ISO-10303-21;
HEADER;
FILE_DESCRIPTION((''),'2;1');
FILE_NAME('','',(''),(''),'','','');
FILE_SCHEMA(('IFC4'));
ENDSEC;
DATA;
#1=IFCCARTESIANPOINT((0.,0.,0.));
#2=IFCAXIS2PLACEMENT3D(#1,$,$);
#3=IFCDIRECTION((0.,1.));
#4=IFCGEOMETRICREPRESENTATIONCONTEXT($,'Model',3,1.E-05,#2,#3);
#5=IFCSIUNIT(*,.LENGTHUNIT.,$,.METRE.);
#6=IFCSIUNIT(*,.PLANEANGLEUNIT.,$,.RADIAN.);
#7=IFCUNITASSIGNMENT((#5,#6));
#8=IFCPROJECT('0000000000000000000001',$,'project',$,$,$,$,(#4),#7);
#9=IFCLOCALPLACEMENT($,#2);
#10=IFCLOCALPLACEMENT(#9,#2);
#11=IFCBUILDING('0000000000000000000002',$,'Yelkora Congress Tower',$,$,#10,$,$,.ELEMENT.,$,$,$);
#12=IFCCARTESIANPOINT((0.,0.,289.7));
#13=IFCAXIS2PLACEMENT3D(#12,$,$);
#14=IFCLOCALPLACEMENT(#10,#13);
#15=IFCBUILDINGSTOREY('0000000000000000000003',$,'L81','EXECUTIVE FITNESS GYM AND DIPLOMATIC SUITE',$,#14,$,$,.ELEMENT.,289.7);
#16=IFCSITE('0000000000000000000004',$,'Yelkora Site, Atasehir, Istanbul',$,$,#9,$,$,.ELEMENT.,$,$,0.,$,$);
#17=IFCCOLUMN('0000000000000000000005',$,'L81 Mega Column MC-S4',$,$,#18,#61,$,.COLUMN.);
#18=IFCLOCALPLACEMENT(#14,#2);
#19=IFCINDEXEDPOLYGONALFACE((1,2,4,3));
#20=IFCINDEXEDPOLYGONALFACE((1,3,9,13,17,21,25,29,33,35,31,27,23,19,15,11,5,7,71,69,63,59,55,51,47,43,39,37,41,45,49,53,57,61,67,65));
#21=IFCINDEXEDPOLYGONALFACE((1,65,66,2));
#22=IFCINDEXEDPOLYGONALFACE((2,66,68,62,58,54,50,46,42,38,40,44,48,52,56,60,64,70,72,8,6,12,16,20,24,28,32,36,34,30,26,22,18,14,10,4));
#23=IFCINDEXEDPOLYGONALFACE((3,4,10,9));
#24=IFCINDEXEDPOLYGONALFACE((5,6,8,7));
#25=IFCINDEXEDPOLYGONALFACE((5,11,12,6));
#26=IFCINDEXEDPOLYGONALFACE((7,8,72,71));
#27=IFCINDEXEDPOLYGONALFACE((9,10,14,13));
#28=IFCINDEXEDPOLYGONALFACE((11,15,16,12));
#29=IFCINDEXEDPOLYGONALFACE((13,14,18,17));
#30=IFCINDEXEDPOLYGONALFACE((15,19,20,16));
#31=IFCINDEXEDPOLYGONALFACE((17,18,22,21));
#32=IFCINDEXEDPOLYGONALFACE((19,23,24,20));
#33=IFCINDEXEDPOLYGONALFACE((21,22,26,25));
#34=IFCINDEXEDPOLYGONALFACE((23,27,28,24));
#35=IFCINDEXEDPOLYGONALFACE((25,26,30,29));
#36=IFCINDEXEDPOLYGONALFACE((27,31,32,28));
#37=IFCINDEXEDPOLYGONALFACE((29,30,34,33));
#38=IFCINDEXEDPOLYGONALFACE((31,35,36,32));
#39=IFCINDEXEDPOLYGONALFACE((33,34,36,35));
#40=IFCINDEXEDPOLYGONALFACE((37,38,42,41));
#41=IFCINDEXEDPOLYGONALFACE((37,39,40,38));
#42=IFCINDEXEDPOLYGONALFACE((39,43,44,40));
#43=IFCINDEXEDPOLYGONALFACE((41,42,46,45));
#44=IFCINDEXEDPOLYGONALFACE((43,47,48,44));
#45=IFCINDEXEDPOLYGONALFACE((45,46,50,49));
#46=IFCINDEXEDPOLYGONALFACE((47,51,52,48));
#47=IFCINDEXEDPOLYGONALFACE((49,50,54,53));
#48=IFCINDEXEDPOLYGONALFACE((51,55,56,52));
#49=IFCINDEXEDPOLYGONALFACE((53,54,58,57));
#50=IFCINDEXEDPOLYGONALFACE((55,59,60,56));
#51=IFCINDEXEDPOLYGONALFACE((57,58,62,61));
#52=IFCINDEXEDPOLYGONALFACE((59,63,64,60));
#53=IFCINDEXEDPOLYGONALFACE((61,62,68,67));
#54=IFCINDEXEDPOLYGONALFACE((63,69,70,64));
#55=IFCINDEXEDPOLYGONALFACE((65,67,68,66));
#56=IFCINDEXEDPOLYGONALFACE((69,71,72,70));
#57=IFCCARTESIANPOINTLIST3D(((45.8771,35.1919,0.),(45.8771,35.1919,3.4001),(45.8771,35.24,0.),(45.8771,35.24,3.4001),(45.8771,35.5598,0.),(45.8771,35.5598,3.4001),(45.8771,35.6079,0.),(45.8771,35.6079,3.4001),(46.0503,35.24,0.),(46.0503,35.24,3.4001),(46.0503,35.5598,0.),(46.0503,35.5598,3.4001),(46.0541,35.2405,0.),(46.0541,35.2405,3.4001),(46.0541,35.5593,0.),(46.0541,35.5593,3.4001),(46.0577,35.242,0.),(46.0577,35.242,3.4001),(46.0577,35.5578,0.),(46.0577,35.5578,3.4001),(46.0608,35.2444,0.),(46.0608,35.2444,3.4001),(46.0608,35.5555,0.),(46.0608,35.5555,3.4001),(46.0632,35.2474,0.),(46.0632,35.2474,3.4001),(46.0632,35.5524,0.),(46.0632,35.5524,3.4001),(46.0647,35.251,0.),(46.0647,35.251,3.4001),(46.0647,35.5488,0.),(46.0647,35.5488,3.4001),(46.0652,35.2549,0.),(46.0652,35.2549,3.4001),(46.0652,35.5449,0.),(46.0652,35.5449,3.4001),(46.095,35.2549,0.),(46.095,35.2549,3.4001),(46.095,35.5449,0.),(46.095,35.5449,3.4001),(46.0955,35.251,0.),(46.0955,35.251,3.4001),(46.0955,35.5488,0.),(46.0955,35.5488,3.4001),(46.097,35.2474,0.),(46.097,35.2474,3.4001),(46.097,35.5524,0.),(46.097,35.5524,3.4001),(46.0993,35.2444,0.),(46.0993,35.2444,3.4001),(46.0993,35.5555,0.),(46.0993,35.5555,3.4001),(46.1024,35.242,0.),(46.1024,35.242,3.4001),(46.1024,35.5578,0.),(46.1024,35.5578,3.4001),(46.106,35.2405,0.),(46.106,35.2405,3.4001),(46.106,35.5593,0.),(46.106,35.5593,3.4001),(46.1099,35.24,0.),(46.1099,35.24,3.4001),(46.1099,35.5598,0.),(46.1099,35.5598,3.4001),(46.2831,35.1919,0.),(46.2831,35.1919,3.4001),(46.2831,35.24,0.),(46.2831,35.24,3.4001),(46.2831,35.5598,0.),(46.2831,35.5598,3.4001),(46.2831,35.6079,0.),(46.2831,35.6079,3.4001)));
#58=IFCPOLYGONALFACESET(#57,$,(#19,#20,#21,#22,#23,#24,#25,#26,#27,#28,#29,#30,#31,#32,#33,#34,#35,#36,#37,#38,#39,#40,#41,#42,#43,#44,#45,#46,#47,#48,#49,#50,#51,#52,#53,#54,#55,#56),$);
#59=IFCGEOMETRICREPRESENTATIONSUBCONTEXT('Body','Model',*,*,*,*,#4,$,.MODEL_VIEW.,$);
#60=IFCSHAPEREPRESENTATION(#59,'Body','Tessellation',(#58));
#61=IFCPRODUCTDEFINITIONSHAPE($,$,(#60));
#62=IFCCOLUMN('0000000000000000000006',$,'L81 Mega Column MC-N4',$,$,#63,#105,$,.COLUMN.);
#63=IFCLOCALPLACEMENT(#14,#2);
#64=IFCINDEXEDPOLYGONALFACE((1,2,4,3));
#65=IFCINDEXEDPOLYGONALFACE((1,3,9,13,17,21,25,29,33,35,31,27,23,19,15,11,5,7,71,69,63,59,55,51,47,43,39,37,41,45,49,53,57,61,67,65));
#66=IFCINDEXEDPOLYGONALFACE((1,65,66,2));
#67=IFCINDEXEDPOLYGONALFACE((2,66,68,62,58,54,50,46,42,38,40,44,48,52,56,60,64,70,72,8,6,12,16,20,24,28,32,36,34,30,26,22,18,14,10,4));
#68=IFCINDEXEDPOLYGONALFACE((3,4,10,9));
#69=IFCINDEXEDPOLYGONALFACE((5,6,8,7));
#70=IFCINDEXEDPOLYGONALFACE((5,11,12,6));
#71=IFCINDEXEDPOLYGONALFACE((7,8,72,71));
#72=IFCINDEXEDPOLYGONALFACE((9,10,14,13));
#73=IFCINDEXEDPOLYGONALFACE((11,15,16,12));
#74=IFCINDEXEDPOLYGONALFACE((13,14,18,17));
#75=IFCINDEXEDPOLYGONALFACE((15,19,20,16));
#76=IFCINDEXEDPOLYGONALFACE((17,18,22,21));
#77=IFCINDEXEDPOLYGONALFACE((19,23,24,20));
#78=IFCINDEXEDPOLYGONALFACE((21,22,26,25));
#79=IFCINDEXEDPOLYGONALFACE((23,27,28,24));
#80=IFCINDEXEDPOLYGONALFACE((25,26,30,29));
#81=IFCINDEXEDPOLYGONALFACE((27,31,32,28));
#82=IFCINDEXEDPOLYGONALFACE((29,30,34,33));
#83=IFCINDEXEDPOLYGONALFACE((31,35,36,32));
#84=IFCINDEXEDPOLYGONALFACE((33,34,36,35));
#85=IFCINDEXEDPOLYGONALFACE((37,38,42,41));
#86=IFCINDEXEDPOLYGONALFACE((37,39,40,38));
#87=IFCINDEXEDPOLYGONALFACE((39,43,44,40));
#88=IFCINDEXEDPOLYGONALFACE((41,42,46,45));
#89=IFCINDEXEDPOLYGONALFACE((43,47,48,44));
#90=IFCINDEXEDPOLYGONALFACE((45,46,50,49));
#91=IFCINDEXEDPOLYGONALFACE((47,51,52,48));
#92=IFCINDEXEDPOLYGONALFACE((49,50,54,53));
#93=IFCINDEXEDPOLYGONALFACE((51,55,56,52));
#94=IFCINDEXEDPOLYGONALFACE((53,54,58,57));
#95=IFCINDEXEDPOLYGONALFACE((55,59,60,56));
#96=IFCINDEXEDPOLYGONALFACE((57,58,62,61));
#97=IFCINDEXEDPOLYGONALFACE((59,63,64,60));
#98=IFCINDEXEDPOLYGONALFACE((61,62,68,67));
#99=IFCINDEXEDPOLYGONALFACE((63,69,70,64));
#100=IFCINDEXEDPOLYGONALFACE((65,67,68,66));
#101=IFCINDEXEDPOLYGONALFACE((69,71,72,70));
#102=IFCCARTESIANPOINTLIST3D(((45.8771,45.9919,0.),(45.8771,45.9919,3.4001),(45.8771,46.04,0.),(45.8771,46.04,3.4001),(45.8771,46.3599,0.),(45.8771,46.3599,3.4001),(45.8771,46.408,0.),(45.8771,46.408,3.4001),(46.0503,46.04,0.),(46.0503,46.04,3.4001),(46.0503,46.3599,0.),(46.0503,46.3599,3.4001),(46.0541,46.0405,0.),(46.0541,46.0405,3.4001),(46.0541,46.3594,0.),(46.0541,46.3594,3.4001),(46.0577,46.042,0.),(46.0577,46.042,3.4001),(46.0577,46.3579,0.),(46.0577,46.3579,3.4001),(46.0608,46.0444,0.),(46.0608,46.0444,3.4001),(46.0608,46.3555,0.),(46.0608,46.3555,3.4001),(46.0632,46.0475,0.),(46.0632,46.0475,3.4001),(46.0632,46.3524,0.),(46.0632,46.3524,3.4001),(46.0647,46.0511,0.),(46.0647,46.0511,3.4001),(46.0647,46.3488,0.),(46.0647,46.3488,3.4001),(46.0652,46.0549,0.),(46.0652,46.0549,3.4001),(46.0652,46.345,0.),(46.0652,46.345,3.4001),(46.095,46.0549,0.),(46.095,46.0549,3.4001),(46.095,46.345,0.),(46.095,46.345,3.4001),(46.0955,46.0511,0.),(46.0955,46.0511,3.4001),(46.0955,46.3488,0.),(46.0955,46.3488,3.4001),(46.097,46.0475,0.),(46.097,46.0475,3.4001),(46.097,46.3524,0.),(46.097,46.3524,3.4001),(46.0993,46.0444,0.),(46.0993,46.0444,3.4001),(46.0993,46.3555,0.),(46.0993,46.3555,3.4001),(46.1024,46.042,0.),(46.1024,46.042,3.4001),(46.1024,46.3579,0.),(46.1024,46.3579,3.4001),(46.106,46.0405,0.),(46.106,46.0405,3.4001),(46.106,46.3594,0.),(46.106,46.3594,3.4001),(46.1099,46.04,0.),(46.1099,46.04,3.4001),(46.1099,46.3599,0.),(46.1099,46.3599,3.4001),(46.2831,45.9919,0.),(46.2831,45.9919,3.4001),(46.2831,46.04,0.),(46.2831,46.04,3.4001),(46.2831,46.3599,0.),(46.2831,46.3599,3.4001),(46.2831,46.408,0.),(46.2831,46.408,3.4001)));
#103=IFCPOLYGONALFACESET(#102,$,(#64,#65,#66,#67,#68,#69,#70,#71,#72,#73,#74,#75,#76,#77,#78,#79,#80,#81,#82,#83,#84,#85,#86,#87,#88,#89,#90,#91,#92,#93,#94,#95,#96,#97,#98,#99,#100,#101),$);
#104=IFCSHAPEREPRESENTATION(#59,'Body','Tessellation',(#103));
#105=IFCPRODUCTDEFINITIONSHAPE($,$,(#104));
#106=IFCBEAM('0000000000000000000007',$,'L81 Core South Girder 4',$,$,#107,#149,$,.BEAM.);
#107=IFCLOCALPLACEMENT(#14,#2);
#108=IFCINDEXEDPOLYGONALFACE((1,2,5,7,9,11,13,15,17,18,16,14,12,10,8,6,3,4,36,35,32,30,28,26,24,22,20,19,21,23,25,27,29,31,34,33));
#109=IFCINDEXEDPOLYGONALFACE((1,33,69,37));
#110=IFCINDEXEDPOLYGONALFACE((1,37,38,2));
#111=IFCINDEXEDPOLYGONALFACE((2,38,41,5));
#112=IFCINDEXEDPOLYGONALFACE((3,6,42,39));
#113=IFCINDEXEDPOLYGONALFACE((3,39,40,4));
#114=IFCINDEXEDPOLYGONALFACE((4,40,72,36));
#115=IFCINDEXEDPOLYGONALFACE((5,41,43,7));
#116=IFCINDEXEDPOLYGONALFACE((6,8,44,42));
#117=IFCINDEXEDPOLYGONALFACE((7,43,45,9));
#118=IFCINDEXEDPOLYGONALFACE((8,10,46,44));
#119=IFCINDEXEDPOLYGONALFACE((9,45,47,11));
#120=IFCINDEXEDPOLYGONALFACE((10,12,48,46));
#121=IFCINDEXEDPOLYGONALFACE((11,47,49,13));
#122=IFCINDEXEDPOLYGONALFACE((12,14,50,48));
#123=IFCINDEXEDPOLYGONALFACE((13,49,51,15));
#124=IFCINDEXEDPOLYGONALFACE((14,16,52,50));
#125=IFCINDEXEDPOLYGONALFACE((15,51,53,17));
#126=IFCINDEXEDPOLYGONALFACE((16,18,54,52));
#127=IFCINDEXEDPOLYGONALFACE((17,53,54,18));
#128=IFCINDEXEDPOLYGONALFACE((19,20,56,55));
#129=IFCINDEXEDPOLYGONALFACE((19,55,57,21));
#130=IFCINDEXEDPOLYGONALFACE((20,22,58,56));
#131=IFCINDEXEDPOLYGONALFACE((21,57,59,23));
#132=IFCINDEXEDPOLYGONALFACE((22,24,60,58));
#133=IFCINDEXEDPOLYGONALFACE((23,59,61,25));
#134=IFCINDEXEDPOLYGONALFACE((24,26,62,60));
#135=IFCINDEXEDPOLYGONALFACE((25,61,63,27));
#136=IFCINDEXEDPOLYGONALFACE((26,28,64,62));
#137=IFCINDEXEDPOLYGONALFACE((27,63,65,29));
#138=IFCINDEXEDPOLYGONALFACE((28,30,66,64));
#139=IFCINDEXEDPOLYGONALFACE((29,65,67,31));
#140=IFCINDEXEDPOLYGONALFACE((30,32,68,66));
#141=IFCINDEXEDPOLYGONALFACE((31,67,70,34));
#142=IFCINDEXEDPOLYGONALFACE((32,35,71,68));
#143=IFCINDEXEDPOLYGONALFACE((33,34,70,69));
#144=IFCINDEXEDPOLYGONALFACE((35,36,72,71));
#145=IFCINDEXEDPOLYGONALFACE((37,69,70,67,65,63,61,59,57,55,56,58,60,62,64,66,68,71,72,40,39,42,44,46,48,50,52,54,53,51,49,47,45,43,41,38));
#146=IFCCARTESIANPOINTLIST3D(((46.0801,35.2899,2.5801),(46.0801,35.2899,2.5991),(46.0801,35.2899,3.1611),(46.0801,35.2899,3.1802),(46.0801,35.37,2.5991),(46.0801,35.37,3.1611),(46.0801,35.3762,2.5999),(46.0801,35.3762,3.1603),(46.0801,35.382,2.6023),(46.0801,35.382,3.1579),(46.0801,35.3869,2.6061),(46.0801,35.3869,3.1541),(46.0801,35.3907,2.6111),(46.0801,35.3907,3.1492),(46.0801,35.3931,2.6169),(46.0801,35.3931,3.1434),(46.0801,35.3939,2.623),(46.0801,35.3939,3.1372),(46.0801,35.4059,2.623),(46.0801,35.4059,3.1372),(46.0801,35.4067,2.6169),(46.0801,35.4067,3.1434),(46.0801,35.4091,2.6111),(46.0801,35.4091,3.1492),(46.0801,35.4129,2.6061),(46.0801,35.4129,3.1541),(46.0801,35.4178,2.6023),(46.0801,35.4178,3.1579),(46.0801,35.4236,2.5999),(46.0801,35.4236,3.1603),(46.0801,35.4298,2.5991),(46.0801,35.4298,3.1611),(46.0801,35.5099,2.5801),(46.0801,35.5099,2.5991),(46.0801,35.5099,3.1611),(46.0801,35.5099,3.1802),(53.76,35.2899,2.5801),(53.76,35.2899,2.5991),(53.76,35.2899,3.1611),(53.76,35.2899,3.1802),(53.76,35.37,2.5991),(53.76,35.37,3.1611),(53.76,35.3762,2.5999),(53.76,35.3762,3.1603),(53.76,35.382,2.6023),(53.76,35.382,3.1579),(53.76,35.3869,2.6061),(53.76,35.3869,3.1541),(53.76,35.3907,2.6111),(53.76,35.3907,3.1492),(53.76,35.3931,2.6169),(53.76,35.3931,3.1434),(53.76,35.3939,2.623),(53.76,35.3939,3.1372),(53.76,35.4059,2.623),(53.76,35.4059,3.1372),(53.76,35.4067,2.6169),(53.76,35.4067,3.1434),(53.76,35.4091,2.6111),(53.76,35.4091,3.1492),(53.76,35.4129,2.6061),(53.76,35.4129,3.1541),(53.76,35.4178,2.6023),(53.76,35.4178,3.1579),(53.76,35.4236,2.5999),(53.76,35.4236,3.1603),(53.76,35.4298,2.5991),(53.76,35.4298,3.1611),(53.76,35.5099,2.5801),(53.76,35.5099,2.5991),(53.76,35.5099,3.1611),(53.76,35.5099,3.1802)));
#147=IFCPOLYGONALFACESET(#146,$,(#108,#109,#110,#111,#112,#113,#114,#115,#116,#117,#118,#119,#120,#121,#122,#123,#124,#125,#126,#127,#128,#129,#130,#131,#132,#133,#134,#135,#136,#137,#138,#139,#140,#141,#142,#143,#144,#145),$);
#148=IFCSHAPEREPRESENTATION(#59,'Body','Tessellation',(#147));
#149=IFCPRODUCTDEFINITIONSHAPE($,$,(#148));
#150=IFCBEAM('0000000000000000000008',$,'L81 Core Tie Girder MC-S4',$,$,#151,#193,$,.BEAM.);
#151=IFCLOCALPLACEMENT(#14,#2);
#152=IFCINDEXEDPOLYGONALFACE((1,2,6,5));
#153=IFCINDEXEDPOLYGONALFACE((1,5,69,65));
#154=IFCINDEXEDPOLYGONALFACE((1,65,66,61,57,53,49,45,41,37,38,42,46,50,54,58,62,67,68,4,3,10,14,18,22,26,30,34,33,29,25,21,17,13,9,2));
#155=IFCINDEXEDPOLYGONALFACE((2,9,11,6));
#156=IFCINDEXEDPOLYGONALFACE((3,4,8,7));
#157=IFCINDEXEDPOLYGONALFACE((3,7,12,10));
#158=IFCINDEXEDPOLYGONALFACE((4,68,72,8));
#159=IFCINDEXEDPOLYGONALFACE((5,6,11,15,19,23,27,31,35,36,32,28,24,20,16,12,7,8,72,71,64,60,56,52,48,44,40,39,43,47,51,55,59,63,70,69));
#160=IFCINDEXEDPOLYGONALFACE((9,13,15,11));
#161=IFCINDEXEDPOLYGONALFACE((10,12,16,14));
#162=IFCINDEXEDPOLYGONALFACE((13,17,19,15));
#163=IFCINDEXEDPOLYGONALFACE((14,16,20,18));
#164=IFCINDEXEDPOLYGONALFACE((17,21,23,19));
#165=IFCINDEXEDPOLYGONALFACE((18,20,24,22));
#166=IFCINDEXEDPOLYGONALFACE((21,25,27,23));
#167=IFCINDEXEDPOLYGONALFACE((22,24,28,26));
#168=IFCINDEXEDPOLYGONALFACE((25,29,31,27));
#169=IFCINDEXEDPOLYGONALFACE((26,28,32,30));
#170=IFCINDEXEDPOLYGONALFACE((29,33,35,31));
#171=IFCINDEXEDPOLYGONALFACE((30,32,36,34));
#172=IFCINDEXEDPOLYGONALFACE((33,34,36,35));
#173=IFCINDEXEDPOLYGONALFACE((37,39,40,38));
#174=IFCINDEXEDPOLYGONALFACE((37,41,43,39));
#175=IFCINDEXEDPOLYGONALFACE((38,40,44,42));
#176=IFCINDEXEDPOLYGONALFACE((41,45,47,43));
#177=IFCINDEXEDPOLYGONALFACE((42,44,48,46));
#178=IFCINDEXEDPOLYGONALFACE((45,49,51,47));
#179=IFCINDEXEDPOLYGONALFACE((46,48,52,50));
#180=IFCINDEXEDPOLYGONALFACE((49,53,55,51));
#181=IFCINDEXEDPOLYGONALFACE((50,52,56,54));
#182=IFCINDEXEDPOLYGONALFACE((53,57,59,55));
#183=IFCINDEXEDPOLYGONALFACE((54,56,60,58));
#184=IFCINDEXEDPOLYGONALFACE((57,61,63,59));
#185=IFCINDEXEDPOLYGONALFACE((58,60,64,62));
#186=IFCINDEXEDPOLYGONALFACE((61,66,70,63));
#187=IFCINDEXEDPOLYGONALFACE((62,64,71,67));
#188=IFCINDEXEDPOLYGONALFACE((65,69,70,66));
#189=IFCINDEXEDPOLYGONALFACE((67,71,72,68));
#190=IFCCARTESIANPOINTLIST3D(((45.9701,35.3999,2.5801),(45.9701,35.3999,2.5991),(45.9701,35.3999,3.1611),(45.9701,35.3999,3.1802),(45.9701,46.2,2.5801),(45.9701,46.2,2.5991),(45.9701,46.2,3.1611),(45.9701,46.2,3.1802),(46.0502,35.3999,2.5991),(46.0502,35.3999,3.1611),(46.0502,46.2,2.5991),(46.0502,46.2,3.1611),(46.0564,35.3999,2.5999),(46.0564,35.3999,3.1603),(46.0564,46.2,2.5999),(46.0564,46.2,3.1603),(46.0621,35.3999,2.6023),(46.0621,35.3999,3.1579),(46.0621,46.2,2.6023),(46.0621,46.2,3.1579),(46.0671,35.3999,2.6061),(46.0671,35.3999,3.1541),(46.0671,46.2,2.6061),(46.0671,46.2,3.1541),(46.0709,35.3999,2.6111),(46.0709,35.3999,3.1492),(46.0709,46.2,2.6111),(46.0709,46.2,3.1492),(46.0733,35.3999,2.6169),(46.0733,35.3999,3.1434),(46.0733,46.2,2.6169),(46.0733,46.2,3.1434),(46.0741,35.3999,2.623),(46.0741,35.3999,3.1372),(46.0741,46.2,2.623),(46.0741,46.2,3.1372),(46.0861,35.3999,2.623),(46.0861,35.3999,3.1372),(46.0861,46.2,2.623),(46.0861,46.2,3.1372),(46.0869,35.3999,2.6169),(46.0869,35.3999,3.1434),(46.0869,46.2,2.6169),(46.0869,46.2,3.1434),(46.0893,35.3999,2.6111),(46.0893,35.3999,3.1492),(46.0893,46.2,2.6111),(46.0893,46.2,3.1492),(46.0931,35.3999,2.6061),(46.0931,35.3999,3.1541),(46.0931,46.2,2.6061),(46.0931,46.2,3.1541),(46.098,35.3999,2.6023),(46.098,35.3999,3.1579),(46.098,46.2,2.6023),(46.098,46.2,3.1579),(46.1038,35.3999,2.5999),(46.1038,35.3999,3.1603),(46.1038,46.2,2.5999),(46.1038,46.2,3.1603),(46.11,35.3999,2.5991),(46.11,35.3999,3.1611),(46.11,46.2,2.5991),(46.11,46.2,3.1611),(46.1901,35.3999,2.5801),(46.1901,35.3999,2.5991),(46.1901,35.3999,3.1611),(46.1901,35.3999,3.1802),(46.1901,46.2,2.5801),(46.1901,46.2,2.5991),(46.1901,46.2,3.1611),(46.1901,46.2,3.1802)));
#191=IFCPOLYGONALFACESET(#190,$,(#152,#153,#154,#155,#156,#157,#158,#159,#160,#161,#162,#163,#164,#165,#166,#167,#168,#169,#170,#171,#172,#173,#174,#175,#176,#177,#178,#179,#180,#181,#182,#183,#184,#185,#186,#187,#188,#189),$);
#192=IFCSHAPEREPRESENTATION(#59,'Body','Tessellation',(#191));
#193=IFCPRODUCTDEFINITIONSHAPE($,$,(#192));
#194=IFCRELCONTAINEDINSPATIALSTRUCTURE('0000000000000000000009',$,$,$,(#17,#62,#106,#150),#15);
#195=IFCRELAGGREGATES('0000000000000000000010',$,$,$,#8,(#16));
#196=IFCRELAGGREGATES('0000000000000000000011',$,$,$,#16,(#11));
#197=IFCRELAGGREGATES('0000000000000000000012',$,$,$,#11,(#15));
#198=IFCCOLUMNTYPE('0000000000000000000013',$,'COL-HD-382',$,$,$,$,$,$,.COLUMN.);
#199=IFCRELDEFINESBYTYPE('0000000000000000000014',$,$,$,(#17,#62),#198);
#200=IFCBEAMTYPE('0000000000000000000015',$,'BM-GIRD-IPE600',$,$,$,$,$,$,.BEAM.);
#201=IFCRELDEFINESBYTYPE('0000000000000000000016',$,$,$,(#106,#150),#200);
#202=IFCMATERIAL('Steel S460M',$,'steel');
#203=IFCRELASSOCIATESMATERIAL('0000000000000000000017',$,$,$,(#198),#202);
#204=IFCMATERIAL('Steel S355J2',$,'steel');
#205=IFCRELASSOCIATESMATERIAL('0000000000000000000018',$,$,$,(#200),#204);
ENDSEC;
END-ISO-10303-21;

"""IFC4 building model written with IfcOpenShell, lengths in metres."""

from ifc_helpers import new_model, si_unit, direction, frame, origin, origin_2d, place, context, subcontext, project, spatial, i_section, extrude, material, material_profile, profile_set, type_object, element, save


model = new_model("IFC4")

# Units and contexts
model_context = context("Model", 3, precision=1e-05, world=origin(), true_north=direction((0.0, 1.0)))
body_context = subcontext(model_context, "Body", "Model", "MODEL_VIEW")
ifc_project = project(units=[si_unit("LENGTHUNIT", "METRE"), si_unit("PLANEANGLEUNIT", "RADIAN")], contexts=[model_context])

# Site, building, storey
site_placement = place(None, origin())
site = spatial("IfcSite", under=ifc_project, at=site_placement, Name="Yelkora Site, Atasehir, Istanbul", CompositionType="ELEMENT", RefElevation=0.0)
building_placement = place(site_placement, origin())
building = spatial("IfcBuilding", under=site, at=building_placement, Name="Yelkora Congress Tower", CompositionType="ELEMENT")
storey_placement = place(building_placement, frame((0.0, 0.0, 289.7)))
storey = spatial("IfcBuildingStorey", under=building, at=storey_placement, Name="L81", Description="EXECUTIVE FITNESS GYM AND DIPLOMATIC SUITE", CompositionType="ELEMENT", Elevation=289.7)

# Columns
ifc_material_1 = material(Name="Steel S460M", Category="steel")
ifc_material_profile_1 = material_profile(ifc_material_1, i_section(OverallWidth=0.406, OverallDepth=0.416, WebThickness=0.0298, FlangeThickness=0.0481, FilletRadius=0.0149, at=origin_2d()), Name="HD 400x382")
ifc_profile_set_1 = profile_set([ifc_material_profile_1], Name="Steel S460M")
column_type = type_object("IfcColumnType", Name="COL-HD-382", PredefinedType="COLUMN", material=ifc_profile_set_1)
for number, where, z_axis, x_axis, name in (
    (1, (46.0801, 35.3999, 0.0), (0.0, 0.0, 1.0), (1.0, 0.0, 0.0), "L81 Mega Column MC-S4"),
    (2, (46.0801, 46.2, 0.0), (0.0, 0.0, 1.0), (1.0, 0.0, 0.0), "L81 Mega Column MC-N4"),
):
    element("IfcColumn", number, at=place(storey_placement, frame(where, z_axis=z_axis, x_axis=x_axis)), inside=storey, type_object=column_type, Name=name, PredefinedType="COLUMN", context=body_context, shape_type="SweptSolid", body=[
        extrude(i_section(OverallWidth=0.406, OverallDepth=0.416, WebThickness=0.0298, FlangeThickness=0.0481, FilletRadius=0.0149, at=origin_2d()), origin(), (0.0, 0.0, 1.0), 3.4001),
    ])

# Beams
ifc_material_2 = material(Name="Steel S355J2", Category="steel")
ifc_material_profile_2 = material_profile(ifc_material_2, i_section(OverallWidth=0.22, OverallDepth=0.6001, WebThickness=0.012, FlangeThickness=0.019, FilletRadius=0.0239, at=origin_2d()), Name="IPE 600")
ifc_profile_set_2 = profile_set([ifc_material_profile_2], Name="Steel S355J2")
beam_type = type_object("IfcBeamType", Name="BM-GIRD-IPE600", PredefinedType="BEAM", material=ifc_profile_set_2)
beam_1_placement = place(storey_placement, frame((46.0801, 35.3999, 2.8801), z_axis=(1.0, 0.0, 0.0), x_axis=(0.0, 1.0, 0.0)))
element("IfcBeam", 3, at=beam_1_placement, inside=storey, type_object=beam_type, Name="L81 Core South Girder 4", PredefinedType="BEAM", context=body_context, shape_type="SweptSolid", body=[
    extrude(i_section(OverallWidth=0.22, OverallDepth=0.6001, WebThickness=0.012, FlangeThickness=0.019, FilletRadius=0.0239, at=origin_2d()), origin(), (0.0, 0.0, 1.0), 7.6799),
])
beam_2_placement = place(storey_placement, frame((46.0801, 35.3999, 2.8801), z_axis=(0.0, 1.0, 0.0), x_axis=(-1.0, 0.0, 0.0)))
element("IfcBeam", 4, at=beam_2_placement, inside=storey, type_object=beam_type, Name="L81 Core Tie Girder MC-S4", PredefinedType="BEAM", context=body_context, shape_type="SweptSolid", body=[
    extrude(i_section(OverallWidth=0.22, OverallDepth=0.6001, WebThickness=0.012, FlangeThickness=0.019, FilletRadius=0.0239, at=origin_2d()), origin(), (0.0, 0.0, 1.0), 10.8),
])

save(model, "model.ifc")
